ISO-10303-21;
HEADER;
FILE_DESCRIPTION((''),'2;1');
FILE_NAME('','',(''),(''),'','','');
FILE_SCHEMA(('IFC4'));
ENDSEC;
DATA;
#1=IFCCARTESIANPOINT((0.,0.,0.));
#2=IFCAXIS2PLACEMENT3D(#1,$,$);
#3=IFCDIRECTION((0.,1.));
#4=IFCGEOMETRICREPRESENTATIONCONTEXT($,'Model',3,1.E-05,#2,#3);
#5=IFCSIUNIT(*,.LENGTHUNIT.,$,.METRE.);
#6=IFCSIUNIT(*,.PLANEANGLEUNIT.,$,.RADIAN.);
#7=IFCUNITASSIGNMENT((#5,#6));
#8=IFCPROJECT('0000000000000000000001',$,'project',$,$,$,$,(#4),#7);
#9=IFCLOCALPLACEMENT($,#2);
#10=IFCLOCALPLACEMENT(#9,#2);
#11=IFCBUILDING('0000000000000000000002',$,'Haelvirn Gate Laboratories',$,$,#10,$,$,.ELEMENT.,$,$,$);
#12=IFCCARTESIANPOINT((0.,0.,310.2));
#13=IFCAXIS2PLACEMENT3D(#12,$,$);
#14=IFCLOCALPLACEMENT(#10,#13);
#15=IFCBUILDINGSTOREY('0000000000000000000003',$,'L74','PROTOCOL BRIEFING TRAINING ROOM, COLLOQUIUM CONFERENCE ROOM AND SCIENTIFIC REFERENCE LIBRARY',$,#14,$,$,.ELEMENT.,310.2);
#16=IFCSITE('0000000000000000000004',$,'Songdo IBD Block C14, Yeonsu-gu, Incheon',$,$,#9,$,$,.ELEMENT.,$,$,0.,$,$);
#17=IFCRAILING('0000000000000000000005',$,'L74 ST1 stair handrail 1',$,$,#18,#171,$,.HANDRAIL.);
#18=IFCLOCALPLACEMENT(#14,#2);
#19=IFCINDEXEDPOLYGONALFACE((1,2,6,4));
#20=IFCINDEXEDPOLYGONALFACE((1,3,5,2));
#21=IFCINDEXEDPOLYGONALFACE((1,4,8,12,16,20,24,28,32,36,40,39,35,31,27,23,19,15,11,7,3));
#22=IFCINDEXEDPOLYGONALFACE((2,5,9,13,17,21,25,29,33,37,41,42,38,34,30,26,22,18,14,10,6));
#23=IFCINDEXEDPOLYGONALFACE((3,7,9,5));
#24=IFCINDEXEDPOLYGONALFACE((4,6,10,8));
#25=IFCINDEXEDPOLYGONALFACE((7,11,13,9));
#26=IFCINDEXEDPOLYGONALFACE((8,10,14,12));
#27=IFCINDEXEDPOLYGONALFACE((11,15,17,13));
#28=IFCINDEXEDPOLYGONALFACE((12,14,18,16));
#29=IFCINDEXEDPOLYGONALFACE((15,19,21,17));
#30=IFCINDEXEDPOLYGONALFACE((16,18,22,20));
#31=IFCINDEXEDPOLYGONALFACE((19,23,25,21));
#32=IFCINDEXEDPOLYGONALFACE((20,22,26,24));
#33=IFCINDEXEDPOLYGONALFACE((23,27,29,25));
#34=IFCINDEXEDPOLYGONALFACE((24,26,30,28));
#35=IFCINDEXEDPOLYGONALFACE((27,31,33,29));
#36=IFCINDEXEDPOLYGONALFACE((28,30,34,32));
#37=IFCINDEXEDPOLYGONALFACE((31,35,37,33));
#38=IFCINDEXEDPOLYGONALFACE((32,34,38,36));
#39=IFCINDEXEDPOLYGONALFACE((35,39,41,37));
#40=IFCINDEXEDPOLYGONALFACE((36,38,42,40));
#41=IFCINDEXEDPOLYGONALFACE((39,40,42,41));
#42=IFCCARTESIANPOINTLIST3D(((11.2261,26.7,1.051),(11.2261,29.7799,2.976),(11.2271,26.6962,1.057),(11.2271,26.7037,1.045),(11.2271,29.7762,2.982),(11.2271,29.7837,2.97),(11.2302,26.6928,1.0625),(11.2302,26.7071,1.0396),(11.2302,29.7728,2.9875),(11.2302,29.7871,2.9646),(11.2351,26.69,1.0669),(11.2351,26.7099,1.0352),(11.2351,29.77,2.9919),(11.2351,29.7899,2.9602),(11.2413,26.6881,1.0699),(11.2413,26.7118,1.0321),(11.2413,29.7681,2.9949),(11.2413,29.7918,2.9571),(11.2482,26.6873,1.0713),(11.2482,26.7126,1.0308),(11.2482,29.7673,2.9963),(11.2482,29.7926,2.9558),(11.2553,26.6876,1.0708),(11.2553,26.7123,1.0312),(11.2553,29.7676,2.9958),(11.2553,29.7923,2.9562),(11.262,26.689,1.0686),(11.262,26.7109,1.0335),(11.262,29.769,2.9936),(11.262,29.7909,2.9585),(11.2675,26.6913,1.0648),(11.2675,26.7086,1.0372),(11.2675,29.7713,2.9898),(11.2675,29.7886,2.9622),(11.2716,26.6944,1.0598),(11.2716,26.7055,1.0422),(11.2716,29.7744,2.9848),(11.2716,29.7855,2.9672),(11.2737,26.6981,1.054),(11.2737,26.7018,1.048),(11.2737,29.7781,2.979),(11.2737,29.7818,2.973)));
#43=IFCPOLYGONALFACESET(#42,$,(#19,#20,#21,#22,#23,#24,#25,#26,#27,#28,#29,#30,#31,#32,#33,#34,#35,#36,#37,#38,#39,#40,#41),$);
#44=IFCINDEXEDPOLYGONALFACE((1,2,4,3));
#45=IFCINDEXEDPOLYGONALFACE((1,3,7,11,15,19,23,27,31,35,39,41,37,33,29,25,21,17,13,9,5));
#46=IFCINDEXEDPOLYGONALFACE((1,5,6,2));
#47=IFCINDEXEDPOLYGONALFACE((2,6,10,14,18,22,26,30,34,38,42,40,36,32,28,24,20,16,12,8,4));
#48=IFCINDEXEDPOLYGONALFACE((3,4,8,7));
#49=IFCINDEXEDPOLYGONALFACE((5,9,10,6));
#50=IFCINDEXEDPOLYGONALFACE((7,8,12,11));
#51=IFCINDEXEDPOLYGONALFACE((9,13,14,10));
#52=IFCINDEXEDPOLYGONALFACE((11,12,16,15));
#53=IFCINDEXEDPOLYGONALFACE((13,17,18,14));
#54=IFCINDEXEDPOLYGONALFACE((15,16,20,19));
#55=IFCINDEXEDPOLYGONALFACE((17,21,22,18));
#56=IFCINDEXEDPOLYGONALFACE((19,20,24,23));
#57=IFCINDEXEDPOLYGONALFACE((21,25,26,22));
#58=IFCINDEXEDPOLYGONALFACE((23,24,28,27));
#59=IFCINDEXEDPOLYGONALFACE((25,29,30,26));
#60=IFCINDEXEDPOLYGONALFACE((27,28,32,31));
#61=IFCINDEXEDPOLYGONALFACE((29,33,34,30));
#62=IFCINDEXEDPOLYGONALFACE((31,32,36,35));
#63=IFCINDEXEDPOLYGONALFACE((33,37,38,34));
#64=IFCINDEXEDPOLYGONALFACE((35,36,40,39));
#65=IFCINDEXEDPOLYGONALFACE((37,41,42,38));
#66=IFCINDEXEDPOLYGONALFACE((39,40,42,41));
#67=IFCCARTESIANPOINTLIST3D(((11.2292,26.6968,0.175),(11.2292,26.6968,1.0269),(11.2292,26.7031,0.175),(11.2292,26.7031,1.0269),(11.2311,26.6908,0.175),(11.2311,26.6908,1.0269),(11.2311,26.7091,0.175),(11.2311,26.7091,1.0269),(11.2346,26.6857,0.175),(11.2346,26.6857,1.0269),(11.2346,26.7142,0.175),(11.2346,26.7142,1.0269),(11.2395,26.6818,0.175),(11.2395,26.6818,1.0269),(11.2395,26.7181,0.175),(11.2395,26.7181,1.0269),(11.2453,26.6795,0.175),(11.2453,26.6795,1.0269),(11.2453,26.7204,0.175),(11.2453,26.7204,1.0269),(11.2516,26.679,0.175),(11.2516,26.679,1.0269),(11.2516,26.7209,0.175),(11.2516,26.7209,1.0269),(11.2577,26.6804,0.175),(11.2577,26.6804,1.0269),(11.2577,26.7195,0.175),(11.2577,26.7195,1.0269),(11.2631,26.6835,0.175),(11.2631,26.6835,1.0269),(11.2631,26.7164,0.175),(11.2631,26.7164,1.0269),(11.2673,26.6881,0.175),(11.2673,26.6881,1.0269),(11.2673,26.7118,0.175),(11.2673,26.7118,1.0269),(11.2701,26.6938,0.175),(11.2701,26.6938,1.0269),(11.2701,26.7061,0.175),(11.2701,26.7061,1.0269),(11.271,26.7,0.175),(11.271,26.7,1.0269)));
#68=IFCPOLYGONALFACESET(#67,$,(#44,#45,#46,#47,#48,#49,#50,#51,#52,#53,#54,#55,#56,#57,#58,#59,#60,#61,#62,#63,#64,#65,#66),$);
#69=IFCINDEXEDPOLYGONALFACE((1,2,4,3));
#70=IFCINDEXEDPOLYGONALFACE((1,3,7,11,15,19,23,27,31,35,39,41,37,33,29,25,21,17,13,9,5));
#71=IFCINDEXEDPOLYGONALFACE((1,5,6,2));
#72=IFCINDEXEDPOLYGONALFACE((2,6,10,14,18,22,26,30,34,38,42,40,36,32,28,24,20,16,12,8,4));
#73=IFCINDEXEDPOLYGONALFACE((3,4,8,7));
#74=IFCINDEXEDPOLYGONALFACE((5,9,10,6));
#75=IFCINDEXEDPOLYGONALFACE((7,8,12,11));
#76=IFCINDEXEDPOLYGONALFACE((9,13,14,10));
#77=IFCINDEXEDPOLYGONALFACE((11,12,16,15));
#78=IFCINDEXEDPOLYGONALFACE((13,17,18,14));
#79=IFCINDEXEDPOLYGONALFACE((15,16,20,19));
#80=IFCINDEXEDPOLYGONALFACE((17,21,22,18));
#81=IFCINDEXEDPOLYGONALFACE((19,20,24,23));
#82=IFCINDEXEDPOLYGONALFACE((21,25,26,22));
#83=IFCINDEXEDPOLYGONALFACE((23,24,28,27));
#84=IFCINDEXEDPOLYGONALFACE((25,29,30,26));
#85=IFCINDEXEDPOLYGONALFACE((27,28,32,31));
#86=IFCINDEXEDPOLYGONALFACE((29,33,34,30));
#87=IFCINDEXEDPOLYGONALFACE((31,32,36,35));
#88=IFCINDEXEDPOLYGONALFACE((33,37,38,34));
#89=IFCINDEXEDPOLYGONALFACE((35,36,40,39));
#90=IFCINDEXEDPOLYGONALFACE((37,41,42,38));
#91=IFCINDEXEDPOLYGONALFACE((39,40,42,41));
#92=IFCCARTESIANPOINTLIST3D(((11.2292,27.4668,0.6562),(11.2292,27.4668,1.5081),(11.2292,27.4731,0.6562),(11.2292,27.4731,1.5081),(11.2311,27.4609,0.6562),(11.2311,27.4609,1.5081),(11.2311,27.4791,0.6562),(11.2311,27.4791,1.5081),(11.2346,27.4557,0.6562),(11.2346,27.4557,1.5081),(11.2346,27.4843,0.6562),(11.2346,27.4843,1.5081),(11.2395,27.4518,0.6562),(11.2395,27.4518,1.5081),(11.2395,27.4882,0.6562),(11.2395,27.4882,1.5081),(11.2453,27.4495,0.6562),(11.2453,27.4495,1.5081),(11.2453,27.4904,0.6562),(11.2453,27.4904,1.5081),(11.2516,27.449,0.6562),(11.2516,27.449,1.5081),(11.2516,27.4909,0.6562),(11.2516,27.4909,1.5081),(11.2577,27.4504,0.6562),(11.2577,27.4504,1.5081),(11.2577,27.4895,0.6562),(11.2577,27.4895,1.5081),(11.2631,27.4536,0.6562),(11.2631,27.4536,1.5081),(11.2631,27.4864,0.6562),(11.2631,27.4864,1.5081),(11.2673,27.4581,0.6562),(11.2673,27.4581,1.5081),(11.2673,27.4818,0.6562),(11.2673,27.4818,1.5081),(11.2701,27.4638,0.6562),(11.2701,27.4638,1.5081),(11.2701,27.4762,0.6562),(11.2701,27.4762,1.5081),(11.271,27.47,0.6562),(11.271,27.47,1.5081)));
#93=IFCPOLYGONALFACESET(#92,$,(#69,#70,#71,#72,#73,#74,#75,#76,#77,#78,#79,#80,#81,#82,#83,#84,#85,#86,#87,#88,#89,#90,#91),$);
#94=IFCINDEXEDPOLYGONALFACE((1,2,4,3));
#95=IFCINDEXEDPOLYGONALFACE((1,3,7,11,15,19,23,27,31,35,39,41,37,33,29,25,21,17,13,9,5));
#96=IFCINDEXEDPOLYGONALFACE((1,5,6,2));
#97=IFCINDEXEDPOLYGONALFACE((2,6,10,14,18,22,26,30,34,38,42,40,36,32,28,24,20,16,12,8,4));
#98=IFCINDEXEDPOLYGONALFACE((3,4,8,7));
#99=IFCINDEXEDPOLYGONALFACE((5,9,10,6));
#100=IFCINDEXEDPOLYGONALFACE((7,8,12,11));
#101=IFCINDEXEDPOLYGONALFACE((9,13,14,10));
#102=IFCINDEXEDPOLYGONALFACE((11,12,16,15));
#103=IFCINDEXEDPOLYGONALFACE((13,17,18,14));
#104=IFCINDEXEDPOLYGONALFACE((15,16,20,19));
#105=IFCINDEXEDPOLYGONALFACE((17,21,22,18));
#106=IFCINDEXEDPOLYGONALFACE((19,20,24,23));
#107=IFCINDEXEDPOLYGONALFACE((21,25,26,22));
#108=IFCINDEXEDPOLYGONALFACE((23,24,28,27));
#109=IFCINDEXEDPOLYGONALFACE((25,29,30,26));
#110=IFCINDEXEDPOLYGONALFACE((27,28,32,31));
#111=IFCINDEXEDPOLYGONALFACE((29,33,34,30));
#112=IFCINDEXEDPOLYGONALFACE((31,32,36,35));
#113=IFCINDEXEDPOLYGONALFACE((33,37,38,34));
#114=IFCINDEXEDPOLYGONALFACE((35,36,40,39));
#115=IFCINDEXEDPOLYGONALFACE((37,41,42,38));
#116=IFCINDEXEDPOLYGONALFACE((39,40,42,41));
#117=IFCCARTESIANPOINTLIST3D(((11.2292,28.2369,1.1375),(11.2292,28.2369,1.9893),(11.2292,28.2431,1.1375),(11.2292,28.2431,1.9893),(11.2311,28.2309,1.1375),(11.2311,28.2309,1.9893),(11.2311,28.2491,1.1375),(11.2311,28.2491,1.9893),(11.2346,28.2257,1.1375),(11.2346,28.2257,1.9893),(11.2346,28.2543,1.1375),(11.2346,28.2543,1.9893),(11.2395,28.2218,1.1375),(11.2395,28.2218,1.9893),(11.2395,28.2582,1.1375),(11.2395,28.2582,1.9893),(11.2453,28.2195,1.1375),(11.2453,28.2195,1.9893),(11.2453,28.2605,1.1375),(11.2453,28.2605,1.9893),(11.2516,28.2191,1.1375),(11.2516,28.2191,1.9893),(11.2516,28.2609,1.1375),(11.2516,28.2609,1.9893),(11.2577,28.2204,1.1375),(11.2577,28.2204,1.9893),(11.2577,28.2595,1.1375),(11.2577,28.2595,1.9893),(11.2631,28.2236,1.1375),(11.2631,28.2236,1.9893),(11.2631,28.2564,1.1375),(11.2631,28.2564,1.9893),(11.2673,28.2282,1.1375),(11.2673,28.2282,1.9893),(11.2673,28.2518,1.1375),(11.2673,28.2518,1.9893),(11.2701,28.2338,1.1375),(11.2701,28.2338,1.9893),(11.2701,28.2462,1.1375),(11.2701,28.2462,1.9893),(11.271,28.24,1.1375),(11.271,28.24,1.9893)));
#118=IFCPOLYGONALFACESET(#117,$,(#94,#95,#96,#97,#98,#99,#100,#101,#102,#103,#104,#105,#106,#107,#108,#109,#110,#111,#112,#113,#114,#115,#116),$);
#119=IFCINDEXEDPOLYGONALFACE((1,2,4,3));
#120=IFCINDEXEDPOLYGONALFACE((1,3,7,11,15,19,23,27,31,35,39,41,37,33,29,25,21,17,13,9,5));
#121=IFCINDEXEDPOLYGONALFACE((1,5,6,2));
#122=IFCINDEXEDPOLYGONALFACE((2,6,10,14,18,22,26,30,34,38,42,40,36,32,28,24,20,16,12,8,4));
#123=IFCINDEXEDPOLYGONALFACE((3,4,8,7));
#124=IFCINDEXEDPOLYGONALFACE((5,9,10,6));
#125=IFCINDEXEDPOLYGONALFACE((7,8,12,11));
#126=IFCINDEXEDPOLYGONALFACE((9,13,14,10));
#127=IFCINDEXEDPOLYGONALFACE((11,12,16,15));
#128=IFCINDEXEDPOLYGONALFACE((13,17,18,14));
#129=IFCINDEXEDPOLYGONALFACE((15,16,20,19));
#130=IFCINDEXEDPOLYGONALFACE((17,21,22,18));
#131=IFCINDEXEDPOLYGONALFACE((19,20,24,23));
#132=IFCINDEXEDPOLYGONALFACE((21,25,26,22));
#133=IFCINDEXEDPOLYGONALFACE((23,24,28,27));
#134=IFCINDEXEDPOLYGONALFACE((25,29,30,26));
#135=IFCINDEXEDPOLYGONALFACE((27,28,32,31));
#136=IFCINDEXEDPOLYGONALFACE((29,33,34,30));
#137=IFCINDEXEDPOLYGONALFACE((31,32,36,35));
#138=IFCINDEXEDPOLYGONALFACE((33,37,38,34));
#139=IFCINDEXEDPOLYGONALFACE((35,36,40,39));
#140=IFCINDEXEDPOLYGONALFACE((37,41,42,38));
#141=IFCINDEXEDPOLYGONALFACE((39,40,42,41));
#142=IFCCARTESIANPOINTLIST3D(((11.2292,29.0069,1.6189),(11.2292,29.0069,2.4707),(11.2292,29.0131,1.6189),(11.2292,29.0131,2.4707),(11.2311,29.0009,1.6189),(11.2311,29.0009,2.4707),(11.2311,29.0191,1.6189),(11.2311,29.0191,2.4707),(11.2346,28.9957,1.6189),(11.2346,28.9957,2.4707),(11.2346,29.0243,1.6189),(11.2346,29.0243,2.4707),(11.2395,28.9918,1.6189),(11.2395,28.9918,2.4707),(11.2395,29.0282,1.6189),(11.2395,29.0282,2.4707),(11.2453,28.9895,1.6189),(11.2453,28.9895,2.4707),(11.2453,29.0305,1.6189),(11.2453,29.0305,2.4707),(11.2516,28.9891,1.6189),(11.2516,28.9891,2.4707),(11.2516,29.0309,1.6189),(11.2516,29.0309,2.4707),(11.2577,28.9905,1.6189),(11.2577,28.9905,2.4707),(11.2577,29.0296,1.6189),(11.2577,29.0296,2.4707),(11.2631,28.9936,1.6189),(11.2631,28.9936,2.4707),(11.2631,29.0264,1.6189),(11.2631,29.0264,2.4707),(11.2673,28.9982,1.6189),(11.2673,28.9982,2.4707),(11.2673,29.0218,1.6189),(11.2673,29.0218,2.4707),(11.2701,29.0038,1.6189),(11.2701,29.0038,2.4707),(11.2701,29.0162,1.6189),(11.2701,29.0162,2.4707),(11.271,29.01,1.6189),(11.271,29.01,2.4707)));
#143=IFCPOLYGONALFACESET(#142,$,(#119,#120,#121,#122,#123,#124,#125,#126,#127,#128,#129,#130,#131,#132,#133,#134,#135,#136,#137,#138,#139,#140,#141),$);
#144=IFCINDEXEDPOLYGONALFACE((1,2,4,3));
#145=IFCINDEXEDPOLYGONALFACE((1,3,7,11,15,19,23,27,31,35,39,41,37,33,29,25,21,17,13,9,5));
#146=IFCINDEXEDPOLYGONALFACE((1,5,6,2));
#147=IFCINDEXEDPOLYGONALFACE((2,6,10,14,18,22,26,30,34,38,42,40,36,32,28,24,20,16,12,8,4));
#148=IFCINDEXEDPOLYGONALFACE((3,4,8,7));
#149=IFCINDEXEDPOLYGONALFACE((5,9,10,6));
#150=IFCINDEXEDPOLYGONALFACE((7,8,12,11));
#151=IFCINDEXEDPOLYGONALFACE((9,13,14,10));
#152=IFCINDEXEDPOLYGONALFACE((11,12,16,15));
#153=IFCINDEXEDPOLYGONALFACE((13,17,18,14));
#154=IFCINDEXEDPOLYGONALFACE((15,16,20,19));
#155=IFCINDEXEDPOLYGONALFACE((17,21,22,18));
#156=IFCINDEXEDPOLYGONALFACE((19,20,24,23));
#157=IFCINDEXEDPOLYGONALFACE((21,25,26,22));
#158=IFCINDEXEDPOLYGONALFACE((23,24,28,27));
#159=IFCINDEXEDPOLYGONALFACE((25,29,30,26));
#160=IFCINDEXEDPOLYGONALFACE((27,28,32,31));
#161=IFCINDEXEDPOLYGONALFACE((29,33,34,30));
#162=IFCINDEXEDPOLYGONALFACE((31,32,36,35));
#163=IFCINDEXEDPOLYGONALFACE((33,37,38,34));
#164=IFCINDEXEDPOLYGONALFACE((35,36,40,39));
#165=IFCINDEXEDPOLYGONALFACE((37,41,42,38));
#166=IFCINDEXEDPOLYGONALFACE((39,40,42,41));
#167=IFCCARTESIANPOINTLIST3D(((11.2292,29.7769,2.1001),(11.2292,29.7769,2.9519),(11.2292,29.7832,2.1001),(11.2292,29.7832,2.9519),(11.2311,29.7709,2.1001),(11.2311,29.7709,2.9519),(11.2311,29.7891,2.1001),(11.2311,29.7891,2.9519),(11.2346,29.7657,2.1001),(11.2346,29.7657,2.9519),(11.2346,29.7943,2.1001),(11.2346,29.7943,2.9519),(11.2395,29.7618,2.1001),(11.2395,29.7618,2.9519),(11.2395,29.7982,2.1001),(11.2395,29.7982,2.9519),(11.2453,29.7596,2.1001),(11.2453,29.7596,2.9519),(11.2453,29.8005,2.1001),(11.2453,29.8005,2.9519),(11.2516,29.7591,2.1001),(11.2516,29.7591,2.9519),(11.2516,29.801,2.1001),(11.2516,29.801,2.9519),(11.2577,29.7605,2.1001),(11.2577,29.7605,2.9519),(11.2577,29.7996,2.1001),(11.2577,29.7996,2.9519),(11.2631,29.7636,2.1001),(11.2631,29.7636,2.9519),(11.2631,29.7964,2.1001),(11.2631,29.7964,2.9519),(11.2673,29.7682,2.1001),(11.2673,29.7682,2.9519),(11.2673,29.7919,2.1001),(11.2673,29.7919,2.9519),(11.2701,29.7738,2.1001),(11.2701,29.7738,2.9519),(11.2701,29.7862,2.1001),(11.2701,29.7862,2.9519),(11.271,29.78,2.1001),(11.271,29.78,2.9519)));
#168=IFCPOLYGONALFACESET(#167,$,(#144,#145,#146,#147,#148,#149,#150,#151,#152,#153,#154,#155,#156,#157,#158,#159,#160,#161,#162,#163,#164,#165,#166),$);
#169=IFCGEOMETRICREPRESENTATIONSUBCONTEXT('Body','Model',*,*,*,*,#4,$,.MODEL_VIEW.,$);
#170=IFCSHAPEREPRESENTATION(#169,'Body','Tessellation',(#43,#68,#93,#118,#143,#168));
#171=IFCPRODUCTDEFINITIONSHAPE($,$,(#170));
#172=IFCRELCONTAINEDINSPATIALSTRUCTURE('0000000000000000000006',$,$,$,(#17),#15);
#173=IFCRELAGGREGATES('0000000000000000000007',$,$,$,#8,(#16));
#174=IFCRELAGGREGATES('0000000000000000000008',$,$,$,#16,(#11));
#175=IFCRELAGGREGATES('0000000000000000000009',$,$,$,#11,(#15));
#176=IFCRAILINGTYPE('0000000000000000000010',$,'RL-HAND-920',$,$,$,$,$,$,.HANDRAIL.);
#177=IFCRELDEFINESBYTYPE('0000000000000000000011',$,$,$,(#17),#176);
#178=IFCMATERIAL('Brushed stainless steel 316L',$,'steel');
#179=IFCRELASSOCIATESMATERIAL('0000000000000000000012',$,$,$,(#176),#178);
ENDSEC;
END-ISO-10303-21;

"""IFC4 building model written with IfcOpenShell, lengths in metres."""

from ifc_helpers import new_model, si_unit, direction, frame, origin, origin_2d, place, context, subcontext, project, spatial, circle, extrude, source, transform, mapped, material, type_object, element, save


model = new_model("IFC4")

# Units and contexts
model_context = context("Model", 3, precision=1e-05, world=origin(), true_north=direction((0.0, 1.0)))
body_context = subcontext(model_context, "Body", "Model", "MODEL_VIEW")
ifc_project = project(units=[si_unit("LENGTHUNIT", "METRE"), si_unit("PLANEANGLEUNIT", "RADIAN")], contexts=[model_context])

# Site, building, storey
site_placement = place(None, origin())
site = spatial("IfcSite", under=ifc_project, at=site_placement, Name="Songdo IBD Block C14, Yeonsu-gu, Incheon", CompositionType="ELEMENT", RefElevation=0.0)
building_placement = place(site_placement, origin())
building = spatial("IfcBuilding", under=site, at=building_placement, Name="Haelvirn Gate Laboratories", CompositionType="ELEMENT")
storey_placement = place(building_placement, frame((0.0, 0.0, 310.2)))
storey = spatial("IfcBuildingStorey", under=building, at=storey_placement, Name="L74", Description="PROTOCOL BRIEFING TRAINING ROOM, COLLOQUIUM CONFERENCE ROOM AND SCIENTIFIC REFERENCE LIBRARY", CompositionType="ELEMENT", Elevation=310.2)

# Railing
ifc_material_1 = material(Name="Brushed stainless steel 316L", Category="steel")
railing_type_1 = type_object("IfcRailingType", Name="RL-HAND-920", PredefinedType="HANDRAIL", material=ifc_material_1)
shared_shape_1 = source(origin(), body_context, "Body", "SweptSolid", [
    extrude(circle(Radius=0.0239, at=origin_2d()), frame((0.0, 0.0, 0.876), z_axis=(0.0, 0.847998, 0.529999), x_axis=(-1.0, 0.0, 0.0)), (0.0, 0.0, 1.0), 3.6321),
    extrude(circle(Radius=0.021, at=origin_2d()), origin(), (0.0, 0.0, 1.0), 0.8518),
    extrude(circle(Radius=0.021, at=origin_2d()), frame((0.0, 0.77, 0.4812)), (0.0, 0.0, 1.0), 0.8518),
    extrude(circle(Radius=0.021, at=origin_2d()), frame((0.0, 1.54, 0.9624)), (0.0, 0.0, 1.0), 0.8518),
    extrude(circle(Radius=0.021, at=origin_2d()), frame((0.0, 2.3101, 1.4438)), (0.0, 0.0, 1.0), 0.8518),
    extrude(circle(Radius=0.021, at=origin_2d()), frame((0.0, 3.0801, 1.925)), (0.0, 0.0, 1.0), 0.8518),
])
railing_1_placement = place(storey_placement, frame((11.25, 26.7, 0.175)))
element("IfcRailing", 1, at=railing_1_placement, inside=storey, type_object=railing_type_1, Name="L74 ST1 stair handrail 1", PredefinedType="HANDRAIL", context=body_context, shape_type="MappedRepresentation", body=[
    mapped(shared_shape_1, transform((0.0, 0.0, 0.0), scale=1.0)),
])

save(model, "model.ifc")
